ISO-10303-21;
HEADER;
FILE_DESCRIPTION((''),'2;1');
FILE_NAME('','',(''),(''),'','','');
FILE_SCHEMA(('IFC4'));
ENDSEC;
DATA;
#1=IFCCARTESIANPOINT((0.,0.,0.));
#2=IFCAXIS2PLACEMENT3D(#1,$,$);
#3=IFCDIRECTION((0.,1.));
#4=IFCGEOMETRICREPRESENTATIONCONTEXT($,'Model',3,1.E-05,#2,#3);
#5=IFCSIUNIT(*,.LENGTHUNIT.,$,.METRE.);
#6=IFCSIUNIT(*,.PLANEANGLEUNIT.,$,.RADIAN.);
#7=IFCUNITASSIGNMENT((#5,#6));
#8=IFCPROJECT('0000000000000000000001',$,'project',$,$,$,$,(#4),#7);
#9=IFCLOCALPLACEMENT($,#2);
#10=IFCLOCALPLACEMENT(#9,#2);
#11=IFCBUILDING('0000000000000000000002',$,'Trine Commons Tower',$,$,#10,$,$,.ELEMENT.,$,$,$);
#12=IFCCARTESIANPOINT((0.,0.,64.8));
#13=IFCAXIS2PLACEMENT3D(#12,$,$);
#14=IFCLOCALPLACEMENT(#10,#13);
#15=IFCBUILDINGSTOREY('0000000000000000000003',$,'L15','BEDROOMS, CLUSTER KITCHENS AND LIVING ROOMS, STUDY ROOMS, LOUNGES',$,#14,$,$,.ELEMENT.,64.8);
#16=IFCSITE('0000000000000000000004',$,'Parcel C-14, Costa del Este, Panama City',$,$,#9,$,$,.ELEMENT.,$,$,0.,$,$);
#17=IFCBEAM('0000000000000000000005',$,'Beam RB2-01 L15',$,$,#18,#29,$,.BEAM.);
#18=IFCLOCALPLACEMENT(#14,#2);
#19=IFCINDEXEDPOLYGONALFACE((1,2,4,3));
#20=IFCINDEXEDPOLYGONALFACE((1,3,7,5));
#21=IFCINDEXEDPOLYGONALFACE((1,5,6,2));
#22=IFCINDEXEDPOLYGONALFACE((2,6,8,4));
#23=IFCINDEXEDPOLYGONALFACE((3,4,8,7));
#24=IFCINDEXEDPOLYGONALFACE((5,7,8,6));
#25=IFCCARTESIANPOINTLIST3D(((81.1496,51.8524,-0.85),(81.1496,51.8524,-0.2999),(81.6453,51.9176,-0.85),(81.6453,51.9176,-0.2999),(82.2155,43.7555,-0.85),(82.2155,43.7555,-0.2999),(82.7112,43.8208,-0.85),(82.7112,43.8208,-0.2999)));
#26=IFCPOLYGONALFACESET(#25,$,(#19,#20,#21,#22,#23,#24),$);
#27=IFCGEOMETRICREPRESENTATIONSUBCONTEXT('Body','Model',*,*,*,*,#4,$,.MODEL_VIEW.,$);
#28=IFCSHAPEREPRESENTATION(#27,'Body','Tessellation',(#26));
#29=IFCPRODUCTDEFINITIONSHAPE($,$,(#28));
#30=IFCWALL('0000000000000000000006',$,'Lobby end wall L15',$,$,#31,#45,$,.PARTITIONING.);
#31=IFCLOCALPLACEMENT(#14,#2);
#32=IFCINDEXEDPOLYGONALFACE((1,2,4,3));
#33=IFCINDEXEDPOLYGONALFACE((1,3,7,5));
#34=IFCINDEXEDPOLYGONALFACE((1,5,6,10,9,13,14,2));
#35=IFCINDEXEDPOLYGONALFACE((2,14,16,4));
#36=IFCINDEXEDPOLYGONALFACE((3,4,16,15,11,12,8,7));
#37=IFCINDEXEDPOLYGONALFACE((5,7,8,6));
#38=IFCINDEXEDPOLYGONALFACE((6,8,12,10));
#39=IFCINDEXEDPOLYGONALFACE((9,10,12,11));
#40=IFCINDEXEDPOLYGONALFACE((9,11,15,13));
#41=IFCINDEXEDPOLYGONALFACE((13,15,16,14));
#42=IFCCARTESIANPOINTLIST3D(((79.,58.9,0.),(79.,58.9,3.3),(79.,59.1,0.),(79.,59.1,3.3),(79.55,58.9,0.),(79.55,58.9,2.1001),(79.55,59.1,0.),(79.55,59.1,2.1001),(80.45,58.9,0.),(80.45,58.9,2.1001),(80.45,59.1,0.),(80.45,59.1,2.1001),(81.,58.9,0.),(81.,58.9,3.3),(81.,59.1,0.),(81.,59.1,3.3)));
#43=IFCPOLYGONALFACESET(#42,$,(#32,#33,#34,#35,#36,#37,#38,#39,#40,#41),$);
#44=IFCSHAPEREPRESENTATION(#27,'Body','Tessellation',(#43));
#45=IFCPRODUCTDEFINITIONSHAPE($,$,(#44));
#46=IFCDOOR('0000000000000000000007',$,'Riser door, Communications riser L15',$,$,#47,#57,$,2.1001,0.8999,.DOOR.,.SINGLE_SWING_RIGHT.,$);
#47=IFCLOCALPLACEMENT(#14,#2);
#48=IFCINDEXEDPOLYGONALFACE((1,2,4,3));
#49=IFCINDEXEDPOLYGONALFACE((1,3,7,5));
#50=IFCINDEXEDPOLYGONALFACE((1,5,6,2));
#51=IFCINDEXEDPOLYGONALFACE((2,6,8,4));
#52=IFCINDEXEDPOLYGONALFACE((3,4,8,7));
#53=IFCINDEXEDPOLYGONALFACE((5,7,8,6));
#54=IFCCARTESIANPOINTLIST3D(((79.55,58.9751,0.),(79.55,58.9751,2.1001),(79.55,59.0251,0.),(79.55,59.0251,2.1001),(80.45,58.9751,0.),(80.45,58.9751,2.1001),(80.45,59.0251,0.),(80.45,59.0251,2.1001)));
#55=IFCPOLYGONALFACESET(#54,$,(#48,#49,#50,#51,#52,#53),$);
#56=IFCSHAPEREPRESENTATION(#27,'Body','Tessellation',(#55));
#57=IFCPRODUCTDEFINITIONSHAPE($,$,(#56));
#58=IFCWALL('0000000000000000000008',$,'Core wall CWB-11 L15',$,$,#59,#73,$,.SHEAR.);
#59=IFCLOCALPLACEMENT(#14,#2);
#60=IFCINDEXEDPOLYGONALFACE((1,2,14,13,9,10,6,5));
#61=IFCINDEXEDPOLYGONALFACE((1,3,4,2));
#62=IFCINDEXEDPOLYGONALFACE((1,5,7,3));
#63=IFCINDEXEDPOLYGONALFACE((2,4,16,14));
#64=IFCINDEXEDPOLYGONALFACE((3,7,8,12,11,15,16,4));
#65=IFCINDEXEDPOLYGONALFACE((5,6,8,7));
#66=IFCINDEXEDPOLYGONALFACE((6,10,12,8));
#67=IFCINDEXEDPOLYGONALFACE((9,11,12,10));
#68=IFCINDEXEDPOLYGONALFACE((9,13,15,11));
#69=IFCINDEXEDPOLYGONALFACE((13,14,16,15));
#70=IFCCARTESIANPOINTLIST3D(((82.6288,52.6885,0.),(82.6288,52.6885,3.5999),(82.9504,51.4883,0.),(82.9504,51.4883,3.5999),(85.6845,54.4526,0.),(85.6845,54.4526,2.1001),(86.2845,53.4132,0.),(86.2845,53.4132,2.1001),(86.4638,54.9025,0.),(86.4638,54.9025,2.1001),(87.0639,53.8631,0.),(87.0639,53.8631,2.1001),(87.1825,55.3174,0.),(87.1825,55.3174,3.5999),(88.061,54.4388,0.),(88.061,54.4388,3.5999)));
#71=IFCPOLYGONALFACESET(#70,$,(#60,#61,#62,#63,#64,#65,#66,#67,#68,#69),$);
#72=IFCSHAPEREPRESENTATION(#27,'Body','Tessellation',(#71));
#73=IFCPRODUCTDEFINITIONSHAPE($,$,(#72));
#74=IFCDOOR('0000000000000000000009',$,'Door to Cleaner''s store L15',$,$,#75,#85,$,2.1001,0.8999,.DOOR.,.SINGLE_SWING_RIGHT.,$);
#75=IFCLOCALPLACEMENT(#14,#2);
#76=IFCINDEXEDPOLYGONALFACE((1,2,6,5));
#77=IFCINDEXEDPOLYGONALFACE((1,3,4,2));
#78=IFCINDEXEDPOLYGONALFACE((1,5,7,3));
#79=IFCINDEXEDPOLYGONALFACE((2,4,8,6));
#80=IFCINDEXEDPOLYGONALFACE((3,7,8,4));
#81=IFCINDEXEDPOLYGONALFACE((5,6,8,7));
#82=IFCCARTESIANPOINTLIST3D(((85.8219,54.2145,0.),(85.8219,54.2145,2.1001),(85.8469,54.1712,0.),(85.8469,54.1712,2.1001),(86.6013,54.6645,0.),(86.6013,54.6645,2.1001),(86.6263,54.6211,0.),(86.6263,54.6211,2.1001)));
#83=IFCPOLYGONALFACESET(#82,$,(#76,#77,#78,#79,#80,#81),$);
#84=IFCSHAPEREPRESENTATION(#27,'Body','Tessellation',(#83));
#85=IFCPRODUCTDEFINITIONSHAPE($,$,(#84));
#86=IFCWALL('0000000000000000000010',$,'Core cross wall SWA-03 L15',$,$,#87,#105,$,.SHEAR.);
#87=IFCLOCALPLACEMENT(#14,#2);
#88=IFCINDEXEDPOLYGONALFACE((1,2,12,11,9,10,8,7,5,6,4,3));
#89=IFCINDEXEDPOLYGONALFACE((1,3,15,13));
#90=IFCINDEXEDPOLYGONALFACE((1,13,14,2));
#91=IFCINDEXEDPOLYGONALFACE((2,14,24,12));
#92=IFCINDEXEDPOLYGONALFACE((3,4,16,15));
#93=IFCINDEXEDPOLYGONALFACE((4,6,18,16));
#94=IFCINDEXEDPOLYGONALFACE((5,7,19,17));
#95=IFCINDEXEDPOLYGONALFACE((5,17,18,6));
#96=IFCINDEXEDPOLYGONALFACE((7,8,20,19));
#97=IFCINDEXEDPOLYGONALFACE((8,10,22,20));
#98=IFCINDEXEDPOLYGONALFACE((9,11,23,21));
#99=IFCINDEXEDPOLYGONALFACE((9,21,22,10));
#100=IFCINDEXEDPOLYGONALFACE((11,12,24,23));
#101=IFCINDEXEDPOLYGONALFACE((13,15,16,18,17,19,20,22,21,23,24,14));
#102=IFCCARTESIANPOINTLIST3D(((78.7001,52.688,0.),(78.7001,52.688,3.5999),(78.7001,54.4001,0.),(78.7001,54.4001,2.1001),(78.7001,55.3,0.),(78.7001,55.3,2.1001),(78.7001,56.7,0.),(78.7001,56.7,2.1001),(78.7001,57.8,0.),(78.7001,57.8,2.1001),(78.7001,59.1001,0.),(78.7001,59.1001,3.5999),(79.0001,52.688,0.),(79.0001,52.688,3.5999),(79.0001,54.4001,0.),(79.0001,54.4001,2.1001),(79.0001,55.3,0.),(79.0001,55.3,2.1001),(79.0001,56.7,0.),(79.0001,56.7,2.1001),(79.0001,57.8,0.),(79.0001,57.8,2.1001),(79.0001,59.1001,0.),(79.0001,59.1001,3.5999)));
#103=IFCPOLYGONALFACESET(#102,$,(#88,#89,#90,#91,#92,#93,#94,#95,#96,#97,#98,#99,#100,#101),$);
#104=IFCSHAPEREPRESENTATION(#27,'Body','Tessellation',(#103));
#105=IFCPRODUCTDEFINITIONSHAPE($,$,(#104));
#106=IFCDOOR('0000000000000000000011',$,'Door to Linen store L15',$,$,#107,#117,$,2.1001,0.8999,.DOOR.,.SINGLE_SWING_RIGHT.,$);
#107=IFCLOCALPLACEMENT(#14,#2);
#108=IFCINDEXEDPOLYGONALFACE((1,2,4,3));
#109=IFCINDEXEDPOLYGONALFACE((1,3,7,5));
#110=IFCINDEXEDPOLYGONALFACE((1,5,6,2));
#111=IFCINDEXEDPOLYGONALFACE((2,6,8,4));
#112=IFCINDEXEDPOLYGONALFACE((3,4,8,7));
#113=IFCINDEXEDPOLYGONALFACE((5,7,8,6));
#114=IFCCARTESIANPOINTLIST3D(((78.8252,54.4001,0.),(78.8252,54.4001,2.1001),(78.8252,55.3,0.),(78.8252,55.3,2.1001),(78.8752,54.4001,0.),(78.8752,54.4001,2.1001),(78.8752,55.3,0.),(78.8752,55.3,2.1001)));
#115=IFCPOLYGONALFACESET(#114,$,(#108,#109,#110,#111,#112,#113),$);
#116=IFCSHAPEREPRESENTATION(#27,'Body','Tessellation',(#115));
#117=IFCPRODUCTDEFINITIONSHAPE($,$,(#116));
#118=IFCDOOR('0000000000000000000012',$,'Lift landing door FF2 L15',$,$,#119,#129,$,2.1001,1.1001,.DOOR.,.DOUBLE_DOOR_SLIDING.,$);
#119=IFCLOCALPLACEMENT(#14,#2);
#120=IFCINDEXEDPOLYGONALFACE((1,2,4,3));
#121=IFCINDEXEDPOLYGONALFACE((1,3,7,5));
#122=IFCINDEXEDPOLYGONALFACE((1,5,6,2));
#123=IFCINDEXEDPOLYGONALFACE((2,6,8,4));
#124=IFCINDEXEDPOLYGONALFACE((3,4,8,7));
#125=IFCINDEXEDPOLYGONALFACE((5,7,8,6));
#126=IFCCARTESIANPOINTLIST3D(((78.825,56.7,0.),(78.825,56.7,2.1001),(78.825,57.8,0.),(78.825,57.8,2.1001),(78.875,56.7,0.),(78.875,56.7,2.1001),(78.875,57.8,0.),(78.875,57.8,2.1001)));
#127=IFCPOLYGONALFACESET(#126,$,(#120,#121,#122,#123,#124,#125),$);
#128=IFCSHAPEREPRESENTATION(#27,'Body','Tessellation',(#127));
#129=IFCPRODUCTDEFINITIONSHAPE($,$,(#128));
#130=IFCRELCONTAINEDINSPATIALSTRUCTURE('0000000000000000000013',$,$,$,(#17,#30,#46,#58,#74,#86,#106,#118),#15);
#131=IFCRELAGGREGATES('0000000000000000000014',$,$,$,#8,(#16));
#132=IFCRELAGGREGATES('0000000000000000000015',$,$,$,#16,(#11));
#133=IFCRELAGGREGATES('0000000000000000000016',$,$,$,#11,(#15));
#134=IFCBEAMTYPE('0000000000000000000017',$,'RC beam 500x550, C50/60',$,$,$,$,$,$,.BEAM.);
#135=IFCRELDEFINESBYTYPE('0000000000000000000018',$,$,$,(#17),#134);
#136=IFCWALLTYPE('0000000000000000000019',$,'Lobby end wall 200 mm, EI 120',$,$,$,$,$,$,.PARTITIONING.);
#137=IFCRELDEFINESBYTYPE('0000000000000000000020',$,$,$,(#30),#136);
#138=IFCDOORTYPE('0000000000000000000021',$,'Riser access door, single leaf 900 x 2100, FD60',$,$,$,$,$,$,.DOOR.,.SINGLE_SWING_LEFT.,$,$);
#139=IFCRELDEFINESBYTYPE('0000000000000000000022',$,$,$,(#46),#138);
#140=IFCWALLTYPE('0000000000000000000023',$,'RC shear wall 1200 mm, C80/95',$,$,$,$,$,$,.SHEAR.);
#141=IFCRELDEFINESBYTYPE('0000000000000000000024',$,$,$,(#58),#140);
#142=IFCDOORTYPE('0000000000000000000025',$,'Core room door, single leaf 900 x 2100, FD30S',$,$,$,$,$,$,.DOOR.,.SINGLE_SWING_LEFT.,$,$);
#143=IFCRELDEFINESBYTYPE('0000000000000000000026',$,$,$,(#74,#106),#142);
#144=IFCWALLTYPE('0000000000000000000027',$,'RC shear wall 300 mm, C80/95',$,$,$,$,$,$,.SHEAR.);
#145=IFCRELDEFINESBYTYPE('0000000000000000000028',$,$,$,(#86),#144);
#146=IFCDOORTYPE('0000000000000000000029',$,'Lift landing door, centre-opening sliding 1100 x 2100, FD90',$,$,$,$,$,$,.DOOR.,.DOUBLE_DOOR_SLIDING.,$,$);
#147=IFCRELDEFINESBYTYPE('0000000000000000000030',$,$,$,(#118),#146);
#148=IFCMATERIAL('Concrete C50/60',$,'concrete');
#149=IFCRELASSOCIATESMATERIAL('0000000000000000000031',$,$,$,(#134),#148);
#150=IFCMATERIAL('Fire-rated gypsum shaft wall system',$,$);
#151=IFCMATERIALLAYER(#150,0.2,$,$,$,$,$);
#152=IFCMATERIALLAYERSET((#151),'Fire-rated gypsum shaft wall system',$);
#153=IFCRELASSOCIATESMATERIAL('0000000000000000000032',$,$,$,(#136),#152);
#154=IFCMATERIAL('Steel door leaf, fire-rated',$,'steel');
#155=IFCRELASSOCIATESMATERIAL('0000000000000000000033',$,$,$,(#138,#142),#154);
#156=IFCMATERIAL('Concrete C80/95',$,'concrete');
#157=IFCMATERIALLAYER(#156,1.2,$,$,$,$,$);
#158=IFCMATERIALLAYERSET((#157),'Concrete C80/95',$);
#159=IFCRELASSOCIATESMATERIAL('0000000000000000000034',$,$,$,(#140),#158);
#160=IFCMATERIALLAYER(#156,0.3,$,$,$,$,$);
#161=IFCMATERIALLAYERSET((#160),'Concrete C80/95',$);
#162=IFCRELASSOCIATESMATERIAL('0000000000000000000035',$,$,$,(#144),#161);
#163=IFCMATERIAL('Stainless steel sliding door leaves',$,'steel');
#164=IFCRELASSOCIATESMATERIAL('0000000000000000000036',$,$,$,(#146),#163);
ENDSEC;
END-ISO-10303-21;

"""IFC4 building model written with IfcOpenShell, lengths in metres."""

from ifc_helpers import new_model, si_unit, direction, frame, frame_2d, origin, origin_2d, place, context, subcontext, project, spatial, polyline, rectangle, outline, extrude, material, layer, layer_set, material_profile, profile_set, type_object, element, fill, save


model = new_model("IFC4")

# Units and contexts
model_context = context("Model", 3, precision=1e-05, world=origin(), true_north=direction((0.0, 1.0)))
body_context = subcontext(model_context, "Body", "Model", "MODEL_VIEW")
ifc_project = project(units=[si_unit("LENGTHUNIT", "METRE"), si_unit("PLANEANGLEUNIT", "RADIAN")], contexts=[model_context])

# Site, building, storey
site_placement = place(None, origin())
site = spatial("IfcSite", under=ifc_project, at=site_placement, Name="Parcel C-14, Costa del Este, Panama City", CompositionType="ELEMENT", RefElevation=0.0)
building_placement = place(site_placement, origin())
building = spatial("IfcBuilding", under=site, at=building_placement, Name="Trine Commons Tower", CompositionType="ELEMENT")
storey_placement = place(building_placement, frame((0.0, 0.0, 64.8)))
storey = spatial("IfcBuildingStorey", under=building, at=storey_placement, Name="L15", Description="BEDROOMS, CLUSTER KITCHENS AND LIVING ROOMS, STUDY ROOMS, LOUNGES", CompositionType="ELEMENT", Elevation=64.8)

# Beam
ifc_material_1 = material(Name="Concrete C50/60", Category="concrete")
ifc_material_profile = material_profile(ifc_material_1, rectangle(XDim=0.5, YDim=0.55, at=origin_2d()), Name="RC 500x550")
ifc_profile_set = profile_set([ifc_material_profile], Name="Concrete C50/60")
beam_type = type_object("IfcBeamType", Name="RC beam 500x550, C50/60", PredefinedType="BEAM", material=ifc_profile_set)
beam_placement = place(storey_placement, frame((81.3975, 51.885, -0.575), z_axis=(0.130519, -0.991446, 0.0), x_axis=(0.991446, 0.130519, 0.0)))
element("IfcBeam", 1, at=beam_placement, inside=storey, type_object=beam_type, Name="Beam RB2-01 L15", PredefinedType="BEAM", context=body_context, shape_type="SweptSolid", body=[
    extrude(rectangle(XDim=0.5, YDim=0.55, at=origin_2d()), origin(), (0.0, 0.0, 1.0), 8.1667),
])

# Walls, openings, doors
ifc_material_2 = material(Name="Fire-rated gypsum shaft wall system")
ifc_layer_1 = layer(ifc_material_2, 0.2)
ifc_layer_set_1 = layer_set([ifc_layer_1], Name="Fire-rated gypsum shaft wall system")
wall_type_1 = type_object("IfcWallType", Name="Lobby end wall 200 mm, EI 120", PredefinedType="PARTITIONING", material=ifc_layer_set_1)
wall_1_placement = place(storey_placement, frame((79.0, 59.0, 0.0), z_axis=(0.0, 0.0, 1.0), x_axis=(1.0, 0.0, 0.0)))
wall_1 = element("IfcWall", 2, at=wall_1_placement, inside=storey, type_object=wall_type_1, Name="Lobby end wall L15", PredefinedType="PARTITIONING", context=body_context, shape_type="SweptSolid", body=[
    extrude(rectangle(XDim=2.0, YDim=0.2, at=frame_2d((1.0, 0.0))), origin(), (0.0, 0.0, 1.0), 3.3),
])
opening_1_placement = place(wall_1_placement, frame((0.55, 0.0, 0.0)))
opening_1 = element("IfcOpeningElement", 3, at=opening_1_placement, cuts=wall_1, PredefinedType="OPENING", context=body_context, shape_type="SweptSolid", body=[
    extrude(rectangle(XDim=0.8999, YDim=2.1001, at=frame_2d((0.45, 1.05))), frame((0.0, 0.1099, 0.0), z_axis=(0.0, -1.0, 0.0), x_axis=(1.0, 0.0, 0.0)), (0.0, 0.0, 1.0), 0.22),
])
ifc_material_3 = material(Name="Steel door leaf, fire-rated", Category="steel")
door_type_1 = type_object("IfcDoorType", Name="Riser access door, single leaf 900 x 2100, FD60", OperationType="SINGLE_SWING_LEFT", PredefinedType="DOOR", material=ifc_material_3)
door_1_placement = place(opening_1_placement, frame((0.8999, 0.0, 0.0), z_axis=(0.0, 0.0, 1.0), x_axis=(-1.0, 0.0, 0.0)))
door_1 = element("IfcDoor", 4, at=door_1_placement, inside=storey, type_object=door_type_1, Name="Riser door, Communications riser L15", OperationType="SINGLE_SWING_RIGHT", OverallHeight=2.1001, OverallWidth=0.8999, PredefinedType="DOOR", context=body_context, shape_type="SweptSolid", body=[
    extrude(rectangle(XDim=0.8999, YDim=2.1001, at=frame_2d((0.45, 1.05))), frame((0.0, 0.0249, 0.0), z_axis=(0.0, -1.0, 0.0), x_axis=(1.0, 0.0, 0.0)), (0.0, 0.0, 1.0), 0.05),
])
fill(opening_1, door_1)
ifc_material_4 = material(Name="Concrete C80/95", Category="concrete")
ifc_layer_2 = layer(ifc_material_4, 1.2)
ifc_layer_set_2 = layer_set([ifc_layer_2], Name="Concrete C80/95")
wall_type_2 = type_object("IfcWallType", Name="RC shear wall 1200 mm, C80/95", PredefinedType="SHEAR", material=ifc_layer_set_2)
wall_2_placement = place(storey_placement, frame((82.6504, 52.0081, 0.0), z_axis=(0.0, 0.0, 1.0), x_axis=(0.866037, 0.499979, 0.0)))
wall_2 = element("IfcWall", 5, at=wall_2_placement, inside=storey, type_object=wall_type_2, Name="Core wall CWB-11 L15", PredefinedType="SHEAR", context=body_context, shape_type="SweptSolid", body=[
    extrude(outline(polyline([(0.0, -0.6001), (5.9011, -0.6001), (5.5796, 0.6001), (0.3215, 0.6001), (0.0, -0.6001)])), origin(), (0.0, 0.0, 1.0), 3.5999),
])
opening_2_placement = place(wall_2_placement, frame((3.8499, 0.0, 0.0)))
opening_2 = element("IfcOpeningElement", 6, at=opening_2_placement, cuts=wall_2, PredefinedType="OPENING", context=body_context, shape_type="SweptSolid", body=[
    extrude(rectangle(XDim=0.8999, YDim=2.1001, at=frame_2d((0.45, 1.05))), frame((0.0, 0.6099, 0.0), z_axis=(0.0, -1.0, 0.0), x_axis=(1.0, 0.0, 0.0)), (0.0, 0.0, 1.0), 1.22),
])
door_type_2 = type_object("IfcDoorType", Name="Core room door, single leaf 900 x 2100, FD30S", OperationType="SINGLE_SWING_LEFT", PredefinedType="DOOR", material=ifc_material_3)
door_2_placement = place(opening_2_placement, origin())
door_2 = element("IfcDoor", 7, at=door_2_placement, inside=storey, type_object=door_type_2, Name="Door to Cleaner's store L15", OperationType="SINGLE_SWING_RIGHT", OverallHeight=2.1001, OverallWidth=0.8999, PredefinedType="DOOR", context=body_context, shape_type="SweptSolid", body=[
    extrude(rectangle(XDim=0.8999, YDim=2.1001, at=frame_2d((0.45, 1.05))), frame((0.0, 0.3252, 0.0), z_axis=(0.0, -1.0, 0.0), x_axis=(1.0, 0.0, 0.0)), (0.0, 0.0, 1.0), 0.05),
])
fill(opening_2, door_2)

# Wall, openings, doors
ifc_layer_3 = layer(ifc_material_4, 0.3)
ifc_layer_set_3 = layer_set([ifc_layer_3], Name="Concrete C80/95")
wall_type_3 = type_object("IfcWallType", Name="RC shear wall 300 mm, C80/95", PredefinedType="SHEAR", material=ifc_layer_set_3)
wall_3_placement = place(storey_placement, frame((78.8501, 59.1001, 0.0), z_axis=(0.0, 0.0, 1.0), x_axis=(0.0, -1.0, 0.0)))
wall_3 = element("IfcWall", 8, at=wall_3_placement, inside=storey, type_object=wall_type_3, Name="Core cross wall SWA-03 L15", PredefinedType="SHEAR", context=body_context, shape_type="SweptSolid", body=[
    extrude(rectangle(XDim=6.4121, YDim=0.3, at=frame_2d((3.2061, 0.0))), origin(), (0.0, 0.0, 1.0), 3.5999),
])
opening_3_placement = place(wall_3_placement, frame((3.8, 0.0, 0.0)))
opening_3 = element("IfcOpeningElement", 9, at=opening_3_placement, cuts=wall_3, PredefinedType="OPENING", context=body_context, shape_type="SweptSolid", body=[
    extrude(rectangle(XDim=0.8999, YDim=2.1001, at=frame_2d((0.45, 1.05))), frame((0.0, 0.1599, 0.0), z_axis=(0.0, -1.0, 0.0), x_axis=(1.0, 0.0, 0.0)), (0.0, 0.0, 1.0), 0.3201),
])
opening_4_placement = place(wall_3_placement, frame((1.3, 0.0, 0.0)))
opening_4 = element("IfcOpeningElement", 10, at=opening_4_placement, cuts=wall_3, PredefinedType="OPENING", context=body_context, shape_type="SweptSolid", body=[
    extrude(rectangle(XDim=1.1001, YDim=2.1001, at=frame_2d((0.55, 1.05))), frame((0.0, 0.1599, 0.0), z_axis=(0.0, -1.0, 0.0), x_axis=(1.0, 0.0, 0.0)), (0.0, 0.0, 1.0), 0.3201),
])
door_3_placement = place(opening_3_placement, frame((0.8999, 0.0, 0.0), z_axis=(0.0, 0.0, 1.0), x_axis=(-1.0, 0.0, 0.0)))
door_3 = element("IfcDoor", 11, at=door_3_placement, inside=storey, type_object=door_type_2, Name="Door to Linen store L15", OperationType="SINGLE_SWING_RIGHT", OverallHeight=2.1001, OverallWidth=0.8999, PredefinedType="DOOR", context=body_context, shape_type="SweptSolid", body=[
    extrude(rectangle(XDim=0.8999, YDim=2.1001, at=frame_2d((0.45, 1.05))), frame((0.0, 0.0249, 0.0), z_axis=(0.0, -1.0, 0.0), x_axis=(1.0, 0.0, 0.0)), (0.0, 0.0, 1.0), 0.05),
])
fill(opening_3, door_3)
ifc_material_5 = material(Name="Stainless steel sliding door leaves", Category="steel")
door_type_3 = type_object("IfcDoorType", Name="Lift landing door, centre-opening sliding 1100 x 2100, FD90", OperationType="DOUBLE_DOOR_SLIDING", PredefinedType="DOOR", material=ifc_material_5)
door_4_placement = place(opening_4_placement, origin())
door_4 = element("IfcDoor", 12, at=door_4_placement, inside=storey, type_object=door_type_3, Name="Lift landing door FF2 L15", OperationType="DOUBLE_DOOR_SLIDING", OverallHeight=2.1001, OverallWidth=1.1001, PredefinedType="DOOR", context=body_context, shape_type="SweptSolid", body=[
    extrude(rectangle(XDim=1.1001, YDim=2.1001, at=frame_2d((0.55, 1.05))), frame((0.0, 0.0249, 0.0), z_axis=(0.0, -1.0, 0.0), x_axis=(1.0, 0.0, 0.0)), (0.0, 0.0, 1.0), 0.05),
])
fill(opening_4, door_4)

save(model, "model.ifc")
